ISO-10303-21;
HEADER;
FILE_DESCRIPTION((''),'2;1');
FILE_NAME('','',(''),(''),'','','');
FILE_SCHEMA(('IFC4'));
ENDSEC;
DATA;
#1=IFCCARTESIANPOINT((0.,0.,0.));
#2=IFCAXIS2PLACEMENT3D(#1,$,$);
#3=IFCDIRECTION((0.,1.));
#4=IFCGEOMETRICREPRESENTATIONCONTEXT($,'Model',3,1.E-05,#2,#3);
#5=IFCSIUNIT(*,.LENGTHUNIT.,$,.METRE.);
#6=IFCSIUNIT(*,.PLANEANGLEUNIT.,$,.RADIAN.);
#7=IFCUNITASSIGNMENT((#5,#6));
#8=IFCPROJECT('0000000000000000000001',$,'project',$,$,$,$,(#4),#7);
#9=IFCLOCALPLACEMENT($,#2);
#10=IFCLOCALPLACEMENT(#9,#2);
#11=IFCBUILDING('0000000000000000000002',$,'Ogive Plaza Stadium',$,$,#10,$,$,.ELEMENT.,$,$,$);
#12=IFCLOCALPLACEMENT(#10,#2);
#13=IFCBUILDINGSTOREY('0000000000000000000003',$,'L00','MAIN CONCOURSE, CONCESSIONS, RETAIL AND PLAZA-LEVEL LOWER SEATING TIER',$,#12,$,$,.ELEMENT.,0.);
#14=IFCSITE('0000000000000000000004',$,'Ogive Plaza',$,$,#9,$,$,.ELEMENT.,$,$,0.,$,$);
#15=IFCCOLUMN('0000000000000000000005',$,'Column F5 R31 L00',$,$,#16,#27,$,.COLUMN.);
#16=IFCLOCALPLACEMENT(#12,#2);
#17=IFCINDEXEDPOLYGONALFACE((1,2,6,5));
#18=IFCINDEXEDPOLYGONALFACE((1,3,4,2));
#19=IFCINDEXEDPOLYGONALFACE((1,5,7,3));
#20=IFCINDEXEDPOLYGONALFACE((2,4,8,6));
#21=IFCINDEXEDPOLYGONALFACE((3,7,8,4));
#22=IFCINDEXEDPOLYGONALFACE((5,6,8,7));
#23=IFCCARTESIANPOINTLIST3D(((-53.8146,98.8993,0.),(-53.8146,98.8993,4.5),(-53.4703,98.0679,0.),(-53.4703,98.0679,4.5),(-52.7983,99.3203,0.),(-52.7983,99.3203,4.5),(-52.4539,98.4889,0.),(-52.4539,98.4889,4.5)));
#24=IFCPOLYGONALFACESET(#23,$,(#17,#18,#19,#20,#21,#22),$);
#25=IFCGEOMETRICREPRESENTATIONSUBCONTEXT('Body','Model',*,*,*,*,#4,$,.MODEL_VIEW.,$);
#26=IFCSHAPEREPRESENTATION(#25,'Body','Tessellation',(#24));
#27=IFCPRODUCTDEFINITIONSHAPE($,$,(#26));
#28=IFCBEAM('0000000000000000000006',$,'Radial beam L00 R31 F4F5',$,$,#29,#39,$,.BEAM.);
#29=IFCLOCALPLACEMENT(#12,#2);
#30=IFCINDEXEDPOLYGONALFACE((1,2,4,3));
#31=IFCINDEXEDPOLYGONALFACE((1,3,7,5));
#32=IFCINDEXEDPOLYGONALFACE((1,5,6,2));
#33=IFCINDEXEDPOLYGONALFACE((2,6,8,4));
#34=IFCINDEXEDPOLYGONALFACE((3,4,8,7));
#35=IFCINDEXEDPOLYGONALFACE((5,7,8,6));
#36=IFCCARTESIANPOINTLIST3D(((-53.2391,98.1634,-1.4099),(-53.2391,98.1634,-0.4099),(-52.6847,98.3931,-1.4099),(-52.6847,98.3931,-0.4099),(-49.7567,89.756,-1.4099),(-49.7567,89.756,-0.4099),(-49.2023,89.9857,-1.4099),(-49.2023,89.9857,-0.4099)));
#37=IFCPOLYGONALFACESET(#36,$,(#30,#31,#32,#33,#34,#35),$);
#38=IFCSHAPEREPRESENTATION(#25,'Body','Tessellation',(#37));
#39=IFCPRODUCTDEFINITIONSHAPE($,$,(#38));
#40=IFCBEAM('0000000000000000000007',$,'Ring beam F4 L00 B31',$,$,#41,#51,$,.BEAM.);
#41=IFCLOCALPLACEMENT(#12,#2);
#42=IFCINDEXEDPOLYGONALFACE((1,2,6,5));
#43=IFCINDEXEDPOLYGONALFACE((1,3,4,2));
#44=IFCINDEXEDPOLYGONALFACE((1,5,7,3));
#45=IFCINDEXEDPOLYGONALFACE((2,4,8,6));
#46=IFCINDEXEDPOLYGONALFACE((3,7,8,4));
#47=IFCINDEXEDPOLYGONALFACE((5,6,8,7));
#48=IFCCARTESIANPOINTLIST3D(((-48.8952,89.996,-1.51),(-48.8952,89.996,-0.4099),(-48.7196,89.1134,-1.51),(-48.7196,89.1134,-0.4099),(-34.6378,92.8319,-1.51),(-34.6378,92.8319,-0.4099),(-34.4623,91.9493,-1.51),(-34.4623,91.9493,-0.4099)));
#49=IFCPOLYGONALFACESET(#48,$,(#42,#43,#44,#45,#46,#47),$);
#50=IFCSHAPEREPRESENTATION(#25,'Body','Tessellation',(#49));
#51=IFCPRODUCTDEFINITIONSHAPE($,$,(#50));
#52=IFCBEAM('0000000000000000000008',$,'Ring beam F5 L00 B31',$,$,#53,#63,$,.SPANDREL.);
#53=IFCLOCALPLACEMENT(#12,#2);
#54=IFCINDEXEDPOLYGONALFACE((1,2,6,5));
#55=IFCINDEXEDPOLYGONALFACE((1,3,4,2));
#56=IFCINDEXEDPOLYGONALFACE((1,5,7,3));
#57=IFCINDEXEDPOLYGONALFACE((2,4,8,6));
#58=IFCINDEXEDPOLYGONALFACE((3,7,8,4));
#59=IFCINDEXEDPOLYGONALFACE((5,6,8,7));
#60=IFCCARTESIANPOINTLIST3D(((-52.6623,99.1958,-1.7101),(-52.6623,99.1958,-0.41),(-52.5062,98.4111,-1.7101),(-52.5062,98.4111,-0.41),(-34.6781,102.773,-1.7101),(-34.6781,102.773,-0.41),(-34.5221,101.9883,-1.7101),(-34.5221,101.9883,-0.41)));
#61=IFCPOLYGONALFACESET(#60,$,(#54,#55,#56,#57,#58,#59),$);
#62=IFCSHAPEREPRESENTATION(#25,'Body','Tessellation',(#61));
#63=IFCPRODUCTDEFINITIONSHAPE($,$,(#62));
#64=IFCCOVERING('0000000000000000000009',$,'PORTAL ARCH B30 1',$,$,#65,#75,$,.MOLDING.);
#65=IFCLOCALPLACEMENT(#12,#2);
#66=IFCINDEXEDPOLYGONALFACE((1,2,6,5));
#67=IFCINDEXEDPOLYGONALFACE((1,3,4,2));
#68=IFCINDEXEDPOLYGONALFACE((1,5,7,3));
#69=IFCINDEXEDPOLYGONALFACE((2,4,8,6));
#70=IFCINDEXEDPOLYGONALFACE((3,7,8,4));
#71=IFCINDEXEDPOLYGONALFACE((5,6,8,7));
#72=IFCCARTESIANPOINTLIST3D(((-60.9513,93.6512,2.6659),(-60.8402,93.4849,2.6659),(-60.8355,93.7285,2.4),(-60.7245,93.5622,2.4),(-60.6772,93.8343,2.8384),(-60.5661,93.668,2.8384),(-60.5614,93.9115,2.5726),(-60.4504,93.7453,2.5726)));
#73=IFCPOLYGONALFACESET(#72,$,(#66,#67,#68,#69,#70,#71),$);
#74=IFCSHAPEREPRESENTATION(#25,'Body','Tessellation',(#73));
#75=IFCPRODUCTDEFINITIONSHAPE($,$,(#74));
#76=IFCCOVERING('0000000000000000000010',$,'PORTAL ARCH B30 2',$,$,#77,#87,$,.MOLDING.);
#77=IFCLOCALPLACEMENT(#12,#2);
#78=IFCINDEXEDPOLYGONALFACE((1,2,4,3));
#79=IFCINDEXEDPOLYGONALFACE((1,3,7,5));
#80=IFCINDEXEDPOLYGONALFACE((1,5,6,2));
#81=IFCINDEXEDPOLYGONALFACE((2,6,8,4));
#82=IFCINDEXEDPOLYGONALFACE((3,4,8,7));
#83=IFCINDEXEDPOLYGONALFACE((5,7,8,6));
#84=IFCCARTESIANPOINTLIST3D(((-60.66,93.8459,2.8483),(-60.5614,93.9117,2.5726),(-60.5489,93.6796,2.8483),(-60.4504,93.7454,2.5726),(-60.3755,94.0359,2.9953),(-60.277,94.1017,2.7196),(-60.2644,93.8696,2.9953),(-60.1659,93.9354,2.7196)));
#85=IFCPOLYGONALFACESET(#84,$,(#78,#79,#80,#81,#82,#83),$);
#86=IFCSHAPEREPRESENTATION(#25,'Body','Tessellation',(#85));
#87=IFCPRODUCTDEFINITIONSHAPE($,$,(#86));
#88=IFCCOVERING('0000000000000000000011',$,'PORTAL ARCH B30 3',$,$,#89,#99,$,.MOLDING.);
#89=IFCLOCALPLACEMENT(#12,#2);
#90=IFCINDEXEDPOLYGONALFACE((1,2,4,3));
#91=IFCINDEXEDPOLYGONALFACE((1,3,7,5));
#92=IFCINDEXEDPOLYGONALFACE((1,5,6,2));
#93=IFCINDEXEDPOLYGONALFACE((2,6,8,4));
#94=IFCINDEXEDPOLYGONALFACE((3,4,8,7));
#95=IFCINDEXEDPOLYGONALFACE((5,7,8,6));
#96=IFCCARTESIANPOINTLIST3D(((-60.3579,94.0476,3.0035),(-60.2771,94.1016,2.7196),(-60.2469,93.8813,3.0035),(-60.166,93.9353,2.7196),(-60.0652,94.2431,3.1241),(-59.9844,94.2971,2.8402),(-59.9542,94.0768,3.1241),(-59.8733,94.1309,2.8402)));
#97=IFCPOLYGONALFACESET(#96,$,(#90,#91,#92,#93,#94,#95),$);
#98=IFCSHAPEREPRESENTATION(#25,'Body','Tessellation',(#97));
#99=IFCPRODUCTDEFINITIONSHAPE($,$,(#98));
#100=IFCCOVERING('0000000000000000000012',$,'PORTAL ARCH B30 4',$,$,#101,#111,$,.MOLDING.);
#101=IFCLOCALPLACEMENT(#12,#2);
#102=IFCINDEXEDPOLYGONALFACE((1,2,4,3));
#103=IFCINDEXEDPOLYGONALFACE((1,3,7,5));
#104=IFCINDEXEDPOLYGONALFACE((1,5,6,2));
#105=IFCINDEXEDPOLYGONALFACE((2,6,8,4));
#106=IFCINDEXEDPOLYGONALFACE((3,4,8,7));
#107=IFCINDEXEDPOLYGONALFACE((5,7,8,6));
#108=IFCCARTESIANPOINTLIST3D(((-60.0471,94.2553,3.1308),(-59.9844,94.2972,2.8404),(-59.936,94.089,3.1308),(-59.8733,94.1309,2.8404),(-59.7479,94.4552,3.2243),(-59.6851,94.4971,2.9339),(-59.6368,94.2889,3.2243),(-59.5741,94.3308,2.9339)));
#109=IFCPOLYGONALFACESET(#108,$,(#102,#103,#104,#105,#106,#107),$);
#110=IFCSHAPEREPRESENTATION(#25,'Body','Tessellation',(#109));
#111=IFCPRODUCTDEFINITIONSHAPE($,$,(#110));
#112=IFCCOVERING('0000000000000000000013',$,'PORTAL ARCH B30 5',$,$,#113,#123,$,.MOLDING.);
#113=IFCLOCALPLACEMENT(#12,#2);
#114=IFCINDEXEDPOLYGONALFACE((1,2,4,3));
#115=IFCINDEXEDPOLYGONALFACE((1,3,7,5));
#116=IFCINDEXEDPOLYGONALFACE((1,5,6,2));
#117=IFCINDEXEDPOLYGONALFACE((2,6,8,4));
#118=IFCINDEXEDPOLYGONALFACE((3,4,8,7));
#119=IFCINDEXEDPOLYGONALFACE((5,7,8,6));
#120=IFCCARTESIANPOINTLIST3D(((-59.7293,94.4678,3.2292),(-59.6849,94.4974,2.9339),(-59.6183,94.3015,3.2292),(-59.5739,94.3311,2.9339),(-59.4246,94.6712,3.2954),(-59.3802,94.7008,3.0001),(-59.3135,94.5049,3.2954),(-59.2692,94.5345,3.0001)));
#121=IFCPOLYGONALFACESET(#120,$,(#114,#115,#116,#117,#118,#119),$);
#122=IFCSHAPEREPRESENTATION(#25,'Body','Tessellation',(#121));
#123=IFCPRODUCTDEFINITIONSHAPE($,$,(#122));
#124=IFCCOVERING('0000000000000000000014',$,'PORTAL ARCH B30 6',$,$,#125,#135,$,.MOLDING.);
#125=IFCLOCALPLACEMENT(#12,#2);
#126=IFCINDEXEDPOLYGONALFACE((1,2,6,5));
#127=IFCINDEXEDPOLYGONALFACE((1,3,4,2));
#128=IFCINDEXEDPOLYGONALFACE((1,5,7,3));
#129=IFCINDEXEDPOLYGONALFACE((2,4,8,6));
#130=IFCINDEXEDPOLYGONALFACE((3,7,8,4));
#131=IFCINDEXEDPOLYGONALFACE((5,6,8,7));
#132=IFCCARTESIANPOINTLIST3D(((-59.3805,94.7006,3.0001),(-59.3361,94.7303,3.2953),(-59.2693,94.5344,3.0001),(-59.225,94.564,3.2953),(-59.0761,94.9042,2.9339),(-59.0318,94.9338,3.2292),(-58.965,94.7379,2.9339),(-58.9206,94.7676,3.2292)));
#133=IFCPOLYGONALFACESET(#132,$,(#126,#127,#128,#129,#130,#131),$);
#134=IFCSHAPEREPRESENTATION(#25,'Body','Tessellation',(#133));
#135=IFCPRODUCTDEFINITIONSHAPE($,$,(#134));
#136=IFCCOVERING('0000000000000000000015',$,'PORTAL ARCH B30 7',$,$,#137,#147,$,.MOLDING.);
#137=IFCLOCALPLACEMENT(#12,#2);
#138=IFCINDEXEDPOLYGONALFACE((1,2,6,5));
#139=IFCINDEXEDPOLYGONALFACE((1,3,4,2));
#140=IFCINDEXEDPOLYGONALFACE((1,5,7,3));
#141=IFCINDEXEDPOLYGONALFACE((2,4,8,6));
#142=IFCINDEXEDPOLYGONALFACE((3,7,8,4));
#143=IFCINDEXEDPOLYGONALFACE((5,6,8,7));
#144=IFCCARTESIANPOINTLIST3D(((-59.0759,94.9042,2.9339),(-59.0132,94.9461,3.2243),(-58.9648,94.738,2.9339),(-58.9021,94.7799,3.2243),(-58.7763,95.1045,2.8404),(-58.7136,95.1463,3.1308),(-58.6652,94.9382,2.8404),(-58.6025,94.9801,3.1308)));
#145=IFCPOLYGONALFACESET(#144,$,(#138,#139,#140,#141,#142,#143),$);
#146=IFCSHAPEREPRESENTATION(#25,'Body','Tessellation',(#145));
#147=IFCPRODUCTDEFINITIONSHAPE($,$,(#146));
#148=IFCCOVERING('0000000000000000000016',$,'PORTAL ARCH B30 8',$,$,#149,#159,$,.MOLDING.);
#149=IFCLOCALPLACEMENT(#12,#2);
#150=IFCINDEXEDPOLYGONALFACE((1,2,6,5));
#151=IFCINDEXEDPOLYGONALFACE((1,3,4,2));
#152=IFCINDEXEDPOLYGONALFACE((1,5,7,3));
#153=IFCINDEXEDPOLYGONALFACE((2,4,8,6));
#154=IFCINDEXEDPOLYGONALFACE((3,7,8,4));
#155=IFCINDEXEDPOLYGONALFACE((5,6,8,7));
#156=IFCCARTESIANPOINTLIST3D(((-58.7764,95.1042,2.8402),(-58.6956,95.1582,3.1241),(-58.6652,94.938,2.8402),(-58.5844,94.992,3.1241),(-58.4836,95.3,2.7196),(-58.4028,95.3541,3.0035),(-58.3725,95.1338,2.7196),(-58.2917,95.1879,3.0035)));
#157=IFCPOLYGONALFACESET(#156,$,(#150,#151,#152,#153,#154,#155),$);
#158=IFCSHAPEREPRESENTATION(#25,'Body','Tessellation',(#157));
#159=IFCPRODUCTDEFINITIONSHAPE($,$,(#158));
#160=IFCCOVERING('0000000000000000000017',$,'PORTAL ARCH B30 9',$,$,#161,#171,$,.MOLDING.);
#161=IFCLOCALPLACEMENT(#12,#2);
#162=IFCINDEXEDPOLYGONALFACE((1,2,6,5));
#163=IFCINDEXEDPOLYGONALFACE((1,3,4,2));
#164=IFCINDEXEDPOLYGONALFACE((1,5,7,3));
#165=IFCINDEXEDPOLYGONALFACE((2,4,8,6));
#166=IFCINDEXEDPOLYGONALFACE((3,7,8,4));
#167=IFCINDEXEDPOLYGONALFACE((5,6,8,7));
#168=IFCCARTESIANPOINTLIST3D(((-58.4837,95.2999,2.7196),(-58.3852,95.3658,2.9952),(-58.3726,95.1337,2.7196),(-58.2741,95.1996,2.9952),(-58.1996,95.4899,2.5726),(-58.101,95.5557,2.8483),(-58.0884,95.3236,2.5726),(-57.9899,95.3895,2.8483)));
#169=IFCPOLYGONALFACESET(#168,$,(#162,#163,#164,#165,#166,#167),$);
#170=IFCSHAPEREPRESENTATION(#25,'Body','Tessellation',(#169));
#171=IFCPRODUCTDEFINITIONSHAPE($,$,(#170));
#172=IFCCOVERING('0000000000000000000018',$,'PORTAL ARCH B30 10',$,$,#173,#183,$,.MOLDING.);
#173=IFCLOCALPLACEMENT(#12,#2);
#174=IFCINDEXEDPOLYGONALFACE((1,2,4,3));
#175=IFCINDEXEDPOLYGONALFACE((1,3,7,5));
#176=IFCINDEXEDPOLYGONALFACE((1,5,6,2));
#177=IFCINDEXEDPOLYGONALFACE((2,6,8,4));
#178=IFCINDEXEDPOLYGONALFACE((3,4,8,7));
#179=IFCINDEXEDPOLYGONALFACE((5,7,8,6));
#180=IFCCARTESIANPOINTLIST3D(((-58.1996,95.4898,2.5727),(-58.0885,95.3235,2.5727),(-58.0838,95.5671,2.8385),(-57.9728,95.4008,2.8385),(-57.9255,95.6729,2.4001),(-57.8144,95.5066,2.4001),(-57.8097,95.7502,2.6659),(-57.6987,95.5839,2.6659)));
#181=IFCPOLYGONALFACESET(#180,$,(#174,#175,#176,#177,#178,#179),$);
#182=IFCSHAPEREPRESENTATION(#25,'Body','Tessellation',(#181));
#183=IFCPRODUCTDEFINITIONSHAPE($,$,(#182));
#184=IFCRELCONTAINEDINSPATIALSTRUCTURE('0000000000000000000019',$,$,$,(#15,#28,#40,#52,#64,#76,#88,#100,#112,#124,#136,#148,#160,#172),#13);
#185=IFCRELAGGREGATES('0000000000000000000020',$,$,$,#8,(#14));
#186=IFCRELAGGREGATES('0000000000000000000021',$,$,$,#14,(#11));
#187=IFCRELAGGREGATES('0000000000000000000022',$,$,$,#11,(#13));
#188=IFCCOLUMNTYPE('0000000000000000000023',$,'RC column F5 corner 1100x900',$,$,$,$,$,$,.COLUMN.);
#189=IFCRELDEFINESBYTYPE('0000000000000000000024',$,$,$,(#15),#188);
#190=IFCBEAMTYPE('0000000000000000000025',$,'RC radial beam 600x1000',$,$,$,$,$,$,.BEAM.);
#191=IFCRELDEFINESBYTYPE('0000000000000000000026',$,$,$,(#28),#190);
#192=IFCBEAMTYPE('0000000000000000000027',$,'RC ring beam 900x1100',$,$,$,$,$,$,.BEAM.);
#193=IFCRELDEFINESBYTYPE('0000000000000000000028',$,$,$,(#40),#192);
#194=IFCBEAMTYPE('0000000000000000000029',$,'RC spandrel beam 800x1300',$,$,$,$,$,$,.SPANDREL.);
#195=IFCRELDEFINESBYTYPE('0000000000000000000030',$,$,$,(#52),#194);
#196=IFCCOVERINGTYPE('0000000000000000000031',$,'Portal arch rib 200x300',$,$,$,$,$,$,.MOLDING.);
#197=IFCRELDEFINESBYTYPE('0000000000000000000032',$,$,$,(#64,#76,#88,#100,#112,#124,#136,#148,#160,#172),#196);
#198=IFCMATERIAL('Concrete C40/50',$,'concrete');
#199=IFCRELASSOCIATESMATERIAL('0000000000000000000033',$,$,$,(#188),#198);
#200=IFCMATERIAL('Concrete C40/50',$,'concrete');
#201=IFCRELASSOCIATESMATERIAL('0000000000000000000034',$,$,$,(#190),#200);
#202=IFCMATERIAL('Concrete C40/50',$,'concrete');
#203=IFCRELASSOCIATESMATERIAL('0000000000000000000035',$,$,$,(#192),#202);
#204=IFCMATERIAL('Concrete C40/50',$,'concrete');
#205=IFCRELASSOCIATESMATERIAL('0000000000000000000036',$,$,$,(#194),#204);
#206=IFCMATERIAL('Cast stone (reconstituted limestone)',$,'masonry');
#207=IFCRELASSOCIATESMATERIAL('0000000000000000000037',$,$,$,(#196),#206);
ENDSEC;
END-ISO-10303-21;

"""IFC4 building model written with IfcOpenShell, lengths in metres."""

from ifc_helpers import new_model, si_unit, direction, frame, origin, origin_2d, place, context, subcontext, project, spatial, rectangle, extrude, material, material_profile, profile_set, type_object, element, save


model = new_model("IFC4")

# Units and contexts
model_context = context("Model", 3, precision=1e-05, world=origin(), true_north=direction((0.0, 1.0)))
body_context = subcontext(model_context, "Body", "Model", "MODEL_VIEW")
ifc_project = project(units=[si_unit("LENGTHUNIT", "METRE"), si_unit("PLANEANGLEUNIT", "RADIAN")], contexts=[model_context])

# Site, building, storey
site_placement = place(None, origin())
site = spatial("IfcSite", under=ifc_project, at=site_placement, Name="Ogive Plaza", CompositionType="ELEMENT", RefElevation=0.0)
building_placement = place(site_placement, origin())
building = spatial("IfcBuilding", under=site, at=building_placement, Name="Ogive Plaza Stadium", CompositionType="ELEMENT")
storey_placement = place(building_placement, origin())
storey = spatial("IfcBuildingStorey", under=building, at=storey_placement, Name="L00", Description="MAIN CONCOURSE, CONCESSIONS, RETAIL AND PLAZA-LEVEL LOWER SEATING TIER", CompositionType="ELEMENT", Elevation=0.0)

# Column
ifc_material_1 = material(Name="Concrete C40/50", Category="concrete")
ifc_material_profile_1 = material_profile(ifc_material_1, rectangle(XDim=1.1001, YDim=0.8999, at=origin_2d()), Name="RC 1100x900")
ifc_profile_set_1 = profile_set([ifc_material_profile_1], Name="Concrete C40/50")
column_type = type_object("IfcColumnType", Name="RC column F5 corner 1100x900", PredefinedType="COLUMN", material=ifc_profile_set_1)
column_placement = place(storey_placement, frame((-53.1343, 98.6941, 0.0), z_axis=(0.0, 0.0, 1.0), x_axis=(-0.92388, -0.382683, 0.0)))
element("IfcColumn", 1, at=column_placement, inside=storey, type_object=column_type, Name="Column F5 R31 L00", PredefinedType="COLUMN", context=body_context, shape_type="SweptSolid", body=[
    extrude(rectangle(XDim=1.1001, YDim=0.8999, at=origin_2d()), origin(), (0.0, 0.0, 1.0), 4.5),
])

# Beams
ifc_material_2 = material(Name="Concrete C40/50", Category="concrete")
ifc_material_profile_2 = material_profile(ifc_material_2, rectangle(XDim=0.6001, YDim=1.0, at=origin_2d()), Name="RC 600x1000")
ifc_profile_set_2 = profile_set([ifc_material_profile_2], Name="Concrete C40/50")
beam_type_1 = type_object("IfcBeamType", Name="RC radial beam 600x1000", PredefinedType="BEAM", material=ifc_profile_set_2)
beam_1_placement = place(storey_placement, frame((-49.4795, 89.8708, -0.9099), z_axis=(-0.382677, 0.923882, 0.0), x_axis=(-0.923882, -0.382677, 0.0)))
element("IfcBeam", 2, at=beam_1_placement, inside=storey, type_object=beam_type_1, Name="Radial beam L00 R31 F4F5", PredefinedType="BEAM", context=body_context, shape_type="SweptSolid", body=[
    extrude(rectangle(XDim=0.6001, YDim=1.0, at=origin_2d()), origin(), (0.0, 0.0, 1.0), 9.1001),
])
ifc_material_3 = material(Name="Concrete C40/50", Category="concrete")
ifc_material_profile_3 = material_profile(ifc_material_3, rectangle(XDim=0.8999, YDim=1.1001, at=origin_2d()), Name="RC 900x1100")
ifc_profile_set_3 = profile_set([ifc_material_profile_3], Name="Concrete C40/50")
beam_type_2 = type_object("IfcBeamType", Name="RC ring beam 900x1100", PredefinedType="BEAM", material=ifc_profile_set_3)
beam_2_placement = place(storey_placement, frame((-48.8074, 89.5547, -0.96), z_axis=(0.980786, 0.195089, 0.0), x_axis=(-0.195089, 0.980786, 0.0)))
element("IfcBeam", 3, at=beam_2_placement, inside=storey, type_object=beam_type_2, Name="Ring beam F4 L00 B31", PredefinedType="BEAM", context=body_context, shape_type="SweptSolid", body=[
    extrude(rectangle(XDim=0.8999, YDim=1.1001, at=origin_2d()), origin(), (0.0, 0.0, 1.0), 14.5366),
])
ifc_material_4 = material(Name="Concrete C40/50", Category="concrete")
ifc_material_profile_4 = material_profile(ifc_material_4, rectangle(XDim=0.8, YDim=1.3, at=origin_2d()), Name="RC 800x1300")
ifc_profile_set_4 = profile_set([ifc_material_profile_4], Name="Concrete C40/50")
beam_type_3 = type_object("IfcBeamType", Name="RC spandrel beam 800x1300", PredefinedType="SPANDREL", material=ifc_profile_set_4)
beam_3_placement = place(storey_placement, frame((-52.5842, 98.8035, -1.0601), z_axis=(0.980787, 0.195084, 0.0), x_axis=(-0.195084, 0.980787, 0.0)))
element("IfcBeam", 4, at=beam_3_placement, inside=storey, type_object=beam_type_3, Name="Ring beam F5 L00 B31", PredefinedType="SPANDREL", context=body_context, shape_type="SweptSolid", body=[
    extrude(rectangle(XDim=0.8, YDim=1.3, at=origin_2d()), origin(), (0.0, 0.0, 1.0), 18.3364),
])

# Coverings
ifc_material_5 = material(Name="Cast stone (reconstituted limestone)", Category="masonry")
ifc_material_profile_5 = material_profile(ifc_material_5, rectangle(XDim=0.2, YDim=0.3, at=origin_2d()), Name="Cast stone 200x300")
ifc_profile_set_5 = profile_set([ifc_material_profile_5], Name="Cast stone (reconstituted limestone)")
covering_type = type_object("IfcCoveringType", Name="Portal arch rib 200x300", PredefinedType="MOLDING", material=ifc_profile_set_5)
covering_1_placement = place(storey_placement, frame((-60.8379, 93.6067, 2.533), z_axis=(0.736734, 0.49203, 0.463821), x_axis=(-0.555384, 0.831594, 0.0)))
element("IfcCovering", 5, at=covering_1_placement, inside=storey, type_object=covering_type, Name="PORTAL ARCH B30 1", PredefinedType="MOLDING", context=body_context, shape_type="SweptSolid", body=[
    extrude(rectangle(XDim=0.2, YDim=0.3, at=origin_2d()), origin(), (0.0, 0.0, 1.0), 0.3721),
])
covering_2_placement = place(storey_placement, frame((-60.5552, 93.7957, 2.7104), z_axis=(0.764051, 0.510242, 0.394815), x_axis=(-0.555359, 0.831611, 0.0)))
element("IfcCovering", 6, at=covering_2_placement, inside=storey, type_object=covering_type, Name="PORTAL ARCH B30 2", PredefinedType="MOLDING", context=body_context, shape_type="SweptSolid", body=[
    extrude(rectangle(XDim=0.2, YDim=0.3, at=origin_2d()), origin(), (0.0, 0.0, 1.0), 0.3723),
])
covering_3_placement = place(storey_placement, frame((-60.262, 93.9915, 2.8616), z_axis=(0.786633, 0.525516, 0.324101), x_axis=(-0.5555, 0.831516, 0.0)))
element("IfcCovering", 7, at=covering_3_placement, inside=storey, type_object=covering_type, Name="PORTAL ARCH B30 3", PredefinedType="MOLDING", context=body_context, shape_type="SweptSolid", body=[
    extrude(rectangle(XDim=0.2, YDim=0.3, at=origin_2d()), origin(), (0.0, 0.0, 1.0), 0.3721),
])
covering_4_placement = place(storey_placement, frame((-59.9602, 94.1931, 2.9856), z_axis=(0.804817, 0.537639, 0.251423), x_axis=(-0.555483, 0.831528, 0.0)))
element("IfcCovering", 8, at=covering_4_placement, inside=storey, type_object=covering_type, Name="PORTAL ARCH B30 4", PredefinedType="MOLDING", context=body_context, shape_type="SweptSolid", body=[
    extrude(rectangle(XDim=0.2, YDim=0.3, at=origin_2d()), origin(), (0.0, 0.0, 1.0), 0.3718),
])
covering_5_placement = place(storey_placement, frame((-59.6516, 94.3994, 3.0815), z_axis=(0.8185, 0.546322, 0.177735), x_axis=(-0.555162, 0.831743, 0.0)))
element("IfcCovering", 9, at=covering_5_placement, inside=storey, type_object=covering_type, Name="PORTAL ARCH B30 5", PredefinedType="MOLDING", context=body_context, shape_type="SweptSolid", body=[
    extrude(rectangle(XDim=0.2, YDim=0.3, at=origin_2d()), origin(), (0.0, 0.0, 1.0), 0.3723),
])
covering_6_placement = place(storey_placement, frame((-59.3027, 94.6323, 3.1477), z_axis=(0.81799, 0.547076, -0.177767), x_axis=(-0.55593, 0.831229, 0.0)))
element("IfcCovering", 10, at=covering_6_placement, inside=storey, type_object=covering_type, Name="PORTAL ARCH B30 6", PredefinedType="MOLDING", context=body_context, shape_type="SweptSolid", body=[
    extrude(rectangle(XDim=0.2, YDim=0.3, at=origin_2d()), origin(), (0.0, 0.0, 1.0), 0.3721),
])
for number, where, z_axis, x_axis, name in (
    (11, (-58.989, 94.842, 3.0791), (0.804764, 0.537821, -0.251202), (-0.555638, 0.831424, 0.0), "PORTAL ARCH B30 7"),
    (12, (-58.6804, 95.0481, 2.9822), (0.786362, 0.52599, -0.323989), (-0.555979, 0.831196, 0.0), "PORTAL ARCH B30 8"),
):
    element("IfcCovering", number, at=place(storey_placement, frame(where, z_axis=z_axis, x_axis=x_axis)), inside=storey, type_object=covering_type, Name=name, PredefinedType="MOLDING", context=body_context, shape_type="SweptSolid", body=[
        extrude(rectangle(XDim=0.2, YDim=0.3, at=origin_2d()), origin(), (0.0, 0.0, 1.0), 0.3723),
    ])
for number, where, z_axis, x_axis, name in (
    (13, (-58.3789, 95.2498, 2.8574), (0.763778, 0.510498, -0.395012), (-0.555689, 0.83139, 0.0), "PORTAL ARCH B30 9"),
    (14, (-58.0862, 95.4453, 2.7056), (0.736734, 0.49203, -0.463821), (-0.555384, 0.831594, 0.0), "PORTAL ARCH B30 10"),
):
    element("IfcCovering", number, at=place(storey_placement, frame(where, z_axis=z_axis, x_axis=x_axis)), inside=storey, type_object=covering_type, Name=name, PredefinedType="MOLDING", context=body_context, shape_type="SweptSolid", body=[
        extrude(rectangle(XDim=0.2, YDim=0.3, at=origin_2d()), origin(), (0.0, 0.0, 1.0), 0.3721),
    ])

save(model, "model.ifc")
